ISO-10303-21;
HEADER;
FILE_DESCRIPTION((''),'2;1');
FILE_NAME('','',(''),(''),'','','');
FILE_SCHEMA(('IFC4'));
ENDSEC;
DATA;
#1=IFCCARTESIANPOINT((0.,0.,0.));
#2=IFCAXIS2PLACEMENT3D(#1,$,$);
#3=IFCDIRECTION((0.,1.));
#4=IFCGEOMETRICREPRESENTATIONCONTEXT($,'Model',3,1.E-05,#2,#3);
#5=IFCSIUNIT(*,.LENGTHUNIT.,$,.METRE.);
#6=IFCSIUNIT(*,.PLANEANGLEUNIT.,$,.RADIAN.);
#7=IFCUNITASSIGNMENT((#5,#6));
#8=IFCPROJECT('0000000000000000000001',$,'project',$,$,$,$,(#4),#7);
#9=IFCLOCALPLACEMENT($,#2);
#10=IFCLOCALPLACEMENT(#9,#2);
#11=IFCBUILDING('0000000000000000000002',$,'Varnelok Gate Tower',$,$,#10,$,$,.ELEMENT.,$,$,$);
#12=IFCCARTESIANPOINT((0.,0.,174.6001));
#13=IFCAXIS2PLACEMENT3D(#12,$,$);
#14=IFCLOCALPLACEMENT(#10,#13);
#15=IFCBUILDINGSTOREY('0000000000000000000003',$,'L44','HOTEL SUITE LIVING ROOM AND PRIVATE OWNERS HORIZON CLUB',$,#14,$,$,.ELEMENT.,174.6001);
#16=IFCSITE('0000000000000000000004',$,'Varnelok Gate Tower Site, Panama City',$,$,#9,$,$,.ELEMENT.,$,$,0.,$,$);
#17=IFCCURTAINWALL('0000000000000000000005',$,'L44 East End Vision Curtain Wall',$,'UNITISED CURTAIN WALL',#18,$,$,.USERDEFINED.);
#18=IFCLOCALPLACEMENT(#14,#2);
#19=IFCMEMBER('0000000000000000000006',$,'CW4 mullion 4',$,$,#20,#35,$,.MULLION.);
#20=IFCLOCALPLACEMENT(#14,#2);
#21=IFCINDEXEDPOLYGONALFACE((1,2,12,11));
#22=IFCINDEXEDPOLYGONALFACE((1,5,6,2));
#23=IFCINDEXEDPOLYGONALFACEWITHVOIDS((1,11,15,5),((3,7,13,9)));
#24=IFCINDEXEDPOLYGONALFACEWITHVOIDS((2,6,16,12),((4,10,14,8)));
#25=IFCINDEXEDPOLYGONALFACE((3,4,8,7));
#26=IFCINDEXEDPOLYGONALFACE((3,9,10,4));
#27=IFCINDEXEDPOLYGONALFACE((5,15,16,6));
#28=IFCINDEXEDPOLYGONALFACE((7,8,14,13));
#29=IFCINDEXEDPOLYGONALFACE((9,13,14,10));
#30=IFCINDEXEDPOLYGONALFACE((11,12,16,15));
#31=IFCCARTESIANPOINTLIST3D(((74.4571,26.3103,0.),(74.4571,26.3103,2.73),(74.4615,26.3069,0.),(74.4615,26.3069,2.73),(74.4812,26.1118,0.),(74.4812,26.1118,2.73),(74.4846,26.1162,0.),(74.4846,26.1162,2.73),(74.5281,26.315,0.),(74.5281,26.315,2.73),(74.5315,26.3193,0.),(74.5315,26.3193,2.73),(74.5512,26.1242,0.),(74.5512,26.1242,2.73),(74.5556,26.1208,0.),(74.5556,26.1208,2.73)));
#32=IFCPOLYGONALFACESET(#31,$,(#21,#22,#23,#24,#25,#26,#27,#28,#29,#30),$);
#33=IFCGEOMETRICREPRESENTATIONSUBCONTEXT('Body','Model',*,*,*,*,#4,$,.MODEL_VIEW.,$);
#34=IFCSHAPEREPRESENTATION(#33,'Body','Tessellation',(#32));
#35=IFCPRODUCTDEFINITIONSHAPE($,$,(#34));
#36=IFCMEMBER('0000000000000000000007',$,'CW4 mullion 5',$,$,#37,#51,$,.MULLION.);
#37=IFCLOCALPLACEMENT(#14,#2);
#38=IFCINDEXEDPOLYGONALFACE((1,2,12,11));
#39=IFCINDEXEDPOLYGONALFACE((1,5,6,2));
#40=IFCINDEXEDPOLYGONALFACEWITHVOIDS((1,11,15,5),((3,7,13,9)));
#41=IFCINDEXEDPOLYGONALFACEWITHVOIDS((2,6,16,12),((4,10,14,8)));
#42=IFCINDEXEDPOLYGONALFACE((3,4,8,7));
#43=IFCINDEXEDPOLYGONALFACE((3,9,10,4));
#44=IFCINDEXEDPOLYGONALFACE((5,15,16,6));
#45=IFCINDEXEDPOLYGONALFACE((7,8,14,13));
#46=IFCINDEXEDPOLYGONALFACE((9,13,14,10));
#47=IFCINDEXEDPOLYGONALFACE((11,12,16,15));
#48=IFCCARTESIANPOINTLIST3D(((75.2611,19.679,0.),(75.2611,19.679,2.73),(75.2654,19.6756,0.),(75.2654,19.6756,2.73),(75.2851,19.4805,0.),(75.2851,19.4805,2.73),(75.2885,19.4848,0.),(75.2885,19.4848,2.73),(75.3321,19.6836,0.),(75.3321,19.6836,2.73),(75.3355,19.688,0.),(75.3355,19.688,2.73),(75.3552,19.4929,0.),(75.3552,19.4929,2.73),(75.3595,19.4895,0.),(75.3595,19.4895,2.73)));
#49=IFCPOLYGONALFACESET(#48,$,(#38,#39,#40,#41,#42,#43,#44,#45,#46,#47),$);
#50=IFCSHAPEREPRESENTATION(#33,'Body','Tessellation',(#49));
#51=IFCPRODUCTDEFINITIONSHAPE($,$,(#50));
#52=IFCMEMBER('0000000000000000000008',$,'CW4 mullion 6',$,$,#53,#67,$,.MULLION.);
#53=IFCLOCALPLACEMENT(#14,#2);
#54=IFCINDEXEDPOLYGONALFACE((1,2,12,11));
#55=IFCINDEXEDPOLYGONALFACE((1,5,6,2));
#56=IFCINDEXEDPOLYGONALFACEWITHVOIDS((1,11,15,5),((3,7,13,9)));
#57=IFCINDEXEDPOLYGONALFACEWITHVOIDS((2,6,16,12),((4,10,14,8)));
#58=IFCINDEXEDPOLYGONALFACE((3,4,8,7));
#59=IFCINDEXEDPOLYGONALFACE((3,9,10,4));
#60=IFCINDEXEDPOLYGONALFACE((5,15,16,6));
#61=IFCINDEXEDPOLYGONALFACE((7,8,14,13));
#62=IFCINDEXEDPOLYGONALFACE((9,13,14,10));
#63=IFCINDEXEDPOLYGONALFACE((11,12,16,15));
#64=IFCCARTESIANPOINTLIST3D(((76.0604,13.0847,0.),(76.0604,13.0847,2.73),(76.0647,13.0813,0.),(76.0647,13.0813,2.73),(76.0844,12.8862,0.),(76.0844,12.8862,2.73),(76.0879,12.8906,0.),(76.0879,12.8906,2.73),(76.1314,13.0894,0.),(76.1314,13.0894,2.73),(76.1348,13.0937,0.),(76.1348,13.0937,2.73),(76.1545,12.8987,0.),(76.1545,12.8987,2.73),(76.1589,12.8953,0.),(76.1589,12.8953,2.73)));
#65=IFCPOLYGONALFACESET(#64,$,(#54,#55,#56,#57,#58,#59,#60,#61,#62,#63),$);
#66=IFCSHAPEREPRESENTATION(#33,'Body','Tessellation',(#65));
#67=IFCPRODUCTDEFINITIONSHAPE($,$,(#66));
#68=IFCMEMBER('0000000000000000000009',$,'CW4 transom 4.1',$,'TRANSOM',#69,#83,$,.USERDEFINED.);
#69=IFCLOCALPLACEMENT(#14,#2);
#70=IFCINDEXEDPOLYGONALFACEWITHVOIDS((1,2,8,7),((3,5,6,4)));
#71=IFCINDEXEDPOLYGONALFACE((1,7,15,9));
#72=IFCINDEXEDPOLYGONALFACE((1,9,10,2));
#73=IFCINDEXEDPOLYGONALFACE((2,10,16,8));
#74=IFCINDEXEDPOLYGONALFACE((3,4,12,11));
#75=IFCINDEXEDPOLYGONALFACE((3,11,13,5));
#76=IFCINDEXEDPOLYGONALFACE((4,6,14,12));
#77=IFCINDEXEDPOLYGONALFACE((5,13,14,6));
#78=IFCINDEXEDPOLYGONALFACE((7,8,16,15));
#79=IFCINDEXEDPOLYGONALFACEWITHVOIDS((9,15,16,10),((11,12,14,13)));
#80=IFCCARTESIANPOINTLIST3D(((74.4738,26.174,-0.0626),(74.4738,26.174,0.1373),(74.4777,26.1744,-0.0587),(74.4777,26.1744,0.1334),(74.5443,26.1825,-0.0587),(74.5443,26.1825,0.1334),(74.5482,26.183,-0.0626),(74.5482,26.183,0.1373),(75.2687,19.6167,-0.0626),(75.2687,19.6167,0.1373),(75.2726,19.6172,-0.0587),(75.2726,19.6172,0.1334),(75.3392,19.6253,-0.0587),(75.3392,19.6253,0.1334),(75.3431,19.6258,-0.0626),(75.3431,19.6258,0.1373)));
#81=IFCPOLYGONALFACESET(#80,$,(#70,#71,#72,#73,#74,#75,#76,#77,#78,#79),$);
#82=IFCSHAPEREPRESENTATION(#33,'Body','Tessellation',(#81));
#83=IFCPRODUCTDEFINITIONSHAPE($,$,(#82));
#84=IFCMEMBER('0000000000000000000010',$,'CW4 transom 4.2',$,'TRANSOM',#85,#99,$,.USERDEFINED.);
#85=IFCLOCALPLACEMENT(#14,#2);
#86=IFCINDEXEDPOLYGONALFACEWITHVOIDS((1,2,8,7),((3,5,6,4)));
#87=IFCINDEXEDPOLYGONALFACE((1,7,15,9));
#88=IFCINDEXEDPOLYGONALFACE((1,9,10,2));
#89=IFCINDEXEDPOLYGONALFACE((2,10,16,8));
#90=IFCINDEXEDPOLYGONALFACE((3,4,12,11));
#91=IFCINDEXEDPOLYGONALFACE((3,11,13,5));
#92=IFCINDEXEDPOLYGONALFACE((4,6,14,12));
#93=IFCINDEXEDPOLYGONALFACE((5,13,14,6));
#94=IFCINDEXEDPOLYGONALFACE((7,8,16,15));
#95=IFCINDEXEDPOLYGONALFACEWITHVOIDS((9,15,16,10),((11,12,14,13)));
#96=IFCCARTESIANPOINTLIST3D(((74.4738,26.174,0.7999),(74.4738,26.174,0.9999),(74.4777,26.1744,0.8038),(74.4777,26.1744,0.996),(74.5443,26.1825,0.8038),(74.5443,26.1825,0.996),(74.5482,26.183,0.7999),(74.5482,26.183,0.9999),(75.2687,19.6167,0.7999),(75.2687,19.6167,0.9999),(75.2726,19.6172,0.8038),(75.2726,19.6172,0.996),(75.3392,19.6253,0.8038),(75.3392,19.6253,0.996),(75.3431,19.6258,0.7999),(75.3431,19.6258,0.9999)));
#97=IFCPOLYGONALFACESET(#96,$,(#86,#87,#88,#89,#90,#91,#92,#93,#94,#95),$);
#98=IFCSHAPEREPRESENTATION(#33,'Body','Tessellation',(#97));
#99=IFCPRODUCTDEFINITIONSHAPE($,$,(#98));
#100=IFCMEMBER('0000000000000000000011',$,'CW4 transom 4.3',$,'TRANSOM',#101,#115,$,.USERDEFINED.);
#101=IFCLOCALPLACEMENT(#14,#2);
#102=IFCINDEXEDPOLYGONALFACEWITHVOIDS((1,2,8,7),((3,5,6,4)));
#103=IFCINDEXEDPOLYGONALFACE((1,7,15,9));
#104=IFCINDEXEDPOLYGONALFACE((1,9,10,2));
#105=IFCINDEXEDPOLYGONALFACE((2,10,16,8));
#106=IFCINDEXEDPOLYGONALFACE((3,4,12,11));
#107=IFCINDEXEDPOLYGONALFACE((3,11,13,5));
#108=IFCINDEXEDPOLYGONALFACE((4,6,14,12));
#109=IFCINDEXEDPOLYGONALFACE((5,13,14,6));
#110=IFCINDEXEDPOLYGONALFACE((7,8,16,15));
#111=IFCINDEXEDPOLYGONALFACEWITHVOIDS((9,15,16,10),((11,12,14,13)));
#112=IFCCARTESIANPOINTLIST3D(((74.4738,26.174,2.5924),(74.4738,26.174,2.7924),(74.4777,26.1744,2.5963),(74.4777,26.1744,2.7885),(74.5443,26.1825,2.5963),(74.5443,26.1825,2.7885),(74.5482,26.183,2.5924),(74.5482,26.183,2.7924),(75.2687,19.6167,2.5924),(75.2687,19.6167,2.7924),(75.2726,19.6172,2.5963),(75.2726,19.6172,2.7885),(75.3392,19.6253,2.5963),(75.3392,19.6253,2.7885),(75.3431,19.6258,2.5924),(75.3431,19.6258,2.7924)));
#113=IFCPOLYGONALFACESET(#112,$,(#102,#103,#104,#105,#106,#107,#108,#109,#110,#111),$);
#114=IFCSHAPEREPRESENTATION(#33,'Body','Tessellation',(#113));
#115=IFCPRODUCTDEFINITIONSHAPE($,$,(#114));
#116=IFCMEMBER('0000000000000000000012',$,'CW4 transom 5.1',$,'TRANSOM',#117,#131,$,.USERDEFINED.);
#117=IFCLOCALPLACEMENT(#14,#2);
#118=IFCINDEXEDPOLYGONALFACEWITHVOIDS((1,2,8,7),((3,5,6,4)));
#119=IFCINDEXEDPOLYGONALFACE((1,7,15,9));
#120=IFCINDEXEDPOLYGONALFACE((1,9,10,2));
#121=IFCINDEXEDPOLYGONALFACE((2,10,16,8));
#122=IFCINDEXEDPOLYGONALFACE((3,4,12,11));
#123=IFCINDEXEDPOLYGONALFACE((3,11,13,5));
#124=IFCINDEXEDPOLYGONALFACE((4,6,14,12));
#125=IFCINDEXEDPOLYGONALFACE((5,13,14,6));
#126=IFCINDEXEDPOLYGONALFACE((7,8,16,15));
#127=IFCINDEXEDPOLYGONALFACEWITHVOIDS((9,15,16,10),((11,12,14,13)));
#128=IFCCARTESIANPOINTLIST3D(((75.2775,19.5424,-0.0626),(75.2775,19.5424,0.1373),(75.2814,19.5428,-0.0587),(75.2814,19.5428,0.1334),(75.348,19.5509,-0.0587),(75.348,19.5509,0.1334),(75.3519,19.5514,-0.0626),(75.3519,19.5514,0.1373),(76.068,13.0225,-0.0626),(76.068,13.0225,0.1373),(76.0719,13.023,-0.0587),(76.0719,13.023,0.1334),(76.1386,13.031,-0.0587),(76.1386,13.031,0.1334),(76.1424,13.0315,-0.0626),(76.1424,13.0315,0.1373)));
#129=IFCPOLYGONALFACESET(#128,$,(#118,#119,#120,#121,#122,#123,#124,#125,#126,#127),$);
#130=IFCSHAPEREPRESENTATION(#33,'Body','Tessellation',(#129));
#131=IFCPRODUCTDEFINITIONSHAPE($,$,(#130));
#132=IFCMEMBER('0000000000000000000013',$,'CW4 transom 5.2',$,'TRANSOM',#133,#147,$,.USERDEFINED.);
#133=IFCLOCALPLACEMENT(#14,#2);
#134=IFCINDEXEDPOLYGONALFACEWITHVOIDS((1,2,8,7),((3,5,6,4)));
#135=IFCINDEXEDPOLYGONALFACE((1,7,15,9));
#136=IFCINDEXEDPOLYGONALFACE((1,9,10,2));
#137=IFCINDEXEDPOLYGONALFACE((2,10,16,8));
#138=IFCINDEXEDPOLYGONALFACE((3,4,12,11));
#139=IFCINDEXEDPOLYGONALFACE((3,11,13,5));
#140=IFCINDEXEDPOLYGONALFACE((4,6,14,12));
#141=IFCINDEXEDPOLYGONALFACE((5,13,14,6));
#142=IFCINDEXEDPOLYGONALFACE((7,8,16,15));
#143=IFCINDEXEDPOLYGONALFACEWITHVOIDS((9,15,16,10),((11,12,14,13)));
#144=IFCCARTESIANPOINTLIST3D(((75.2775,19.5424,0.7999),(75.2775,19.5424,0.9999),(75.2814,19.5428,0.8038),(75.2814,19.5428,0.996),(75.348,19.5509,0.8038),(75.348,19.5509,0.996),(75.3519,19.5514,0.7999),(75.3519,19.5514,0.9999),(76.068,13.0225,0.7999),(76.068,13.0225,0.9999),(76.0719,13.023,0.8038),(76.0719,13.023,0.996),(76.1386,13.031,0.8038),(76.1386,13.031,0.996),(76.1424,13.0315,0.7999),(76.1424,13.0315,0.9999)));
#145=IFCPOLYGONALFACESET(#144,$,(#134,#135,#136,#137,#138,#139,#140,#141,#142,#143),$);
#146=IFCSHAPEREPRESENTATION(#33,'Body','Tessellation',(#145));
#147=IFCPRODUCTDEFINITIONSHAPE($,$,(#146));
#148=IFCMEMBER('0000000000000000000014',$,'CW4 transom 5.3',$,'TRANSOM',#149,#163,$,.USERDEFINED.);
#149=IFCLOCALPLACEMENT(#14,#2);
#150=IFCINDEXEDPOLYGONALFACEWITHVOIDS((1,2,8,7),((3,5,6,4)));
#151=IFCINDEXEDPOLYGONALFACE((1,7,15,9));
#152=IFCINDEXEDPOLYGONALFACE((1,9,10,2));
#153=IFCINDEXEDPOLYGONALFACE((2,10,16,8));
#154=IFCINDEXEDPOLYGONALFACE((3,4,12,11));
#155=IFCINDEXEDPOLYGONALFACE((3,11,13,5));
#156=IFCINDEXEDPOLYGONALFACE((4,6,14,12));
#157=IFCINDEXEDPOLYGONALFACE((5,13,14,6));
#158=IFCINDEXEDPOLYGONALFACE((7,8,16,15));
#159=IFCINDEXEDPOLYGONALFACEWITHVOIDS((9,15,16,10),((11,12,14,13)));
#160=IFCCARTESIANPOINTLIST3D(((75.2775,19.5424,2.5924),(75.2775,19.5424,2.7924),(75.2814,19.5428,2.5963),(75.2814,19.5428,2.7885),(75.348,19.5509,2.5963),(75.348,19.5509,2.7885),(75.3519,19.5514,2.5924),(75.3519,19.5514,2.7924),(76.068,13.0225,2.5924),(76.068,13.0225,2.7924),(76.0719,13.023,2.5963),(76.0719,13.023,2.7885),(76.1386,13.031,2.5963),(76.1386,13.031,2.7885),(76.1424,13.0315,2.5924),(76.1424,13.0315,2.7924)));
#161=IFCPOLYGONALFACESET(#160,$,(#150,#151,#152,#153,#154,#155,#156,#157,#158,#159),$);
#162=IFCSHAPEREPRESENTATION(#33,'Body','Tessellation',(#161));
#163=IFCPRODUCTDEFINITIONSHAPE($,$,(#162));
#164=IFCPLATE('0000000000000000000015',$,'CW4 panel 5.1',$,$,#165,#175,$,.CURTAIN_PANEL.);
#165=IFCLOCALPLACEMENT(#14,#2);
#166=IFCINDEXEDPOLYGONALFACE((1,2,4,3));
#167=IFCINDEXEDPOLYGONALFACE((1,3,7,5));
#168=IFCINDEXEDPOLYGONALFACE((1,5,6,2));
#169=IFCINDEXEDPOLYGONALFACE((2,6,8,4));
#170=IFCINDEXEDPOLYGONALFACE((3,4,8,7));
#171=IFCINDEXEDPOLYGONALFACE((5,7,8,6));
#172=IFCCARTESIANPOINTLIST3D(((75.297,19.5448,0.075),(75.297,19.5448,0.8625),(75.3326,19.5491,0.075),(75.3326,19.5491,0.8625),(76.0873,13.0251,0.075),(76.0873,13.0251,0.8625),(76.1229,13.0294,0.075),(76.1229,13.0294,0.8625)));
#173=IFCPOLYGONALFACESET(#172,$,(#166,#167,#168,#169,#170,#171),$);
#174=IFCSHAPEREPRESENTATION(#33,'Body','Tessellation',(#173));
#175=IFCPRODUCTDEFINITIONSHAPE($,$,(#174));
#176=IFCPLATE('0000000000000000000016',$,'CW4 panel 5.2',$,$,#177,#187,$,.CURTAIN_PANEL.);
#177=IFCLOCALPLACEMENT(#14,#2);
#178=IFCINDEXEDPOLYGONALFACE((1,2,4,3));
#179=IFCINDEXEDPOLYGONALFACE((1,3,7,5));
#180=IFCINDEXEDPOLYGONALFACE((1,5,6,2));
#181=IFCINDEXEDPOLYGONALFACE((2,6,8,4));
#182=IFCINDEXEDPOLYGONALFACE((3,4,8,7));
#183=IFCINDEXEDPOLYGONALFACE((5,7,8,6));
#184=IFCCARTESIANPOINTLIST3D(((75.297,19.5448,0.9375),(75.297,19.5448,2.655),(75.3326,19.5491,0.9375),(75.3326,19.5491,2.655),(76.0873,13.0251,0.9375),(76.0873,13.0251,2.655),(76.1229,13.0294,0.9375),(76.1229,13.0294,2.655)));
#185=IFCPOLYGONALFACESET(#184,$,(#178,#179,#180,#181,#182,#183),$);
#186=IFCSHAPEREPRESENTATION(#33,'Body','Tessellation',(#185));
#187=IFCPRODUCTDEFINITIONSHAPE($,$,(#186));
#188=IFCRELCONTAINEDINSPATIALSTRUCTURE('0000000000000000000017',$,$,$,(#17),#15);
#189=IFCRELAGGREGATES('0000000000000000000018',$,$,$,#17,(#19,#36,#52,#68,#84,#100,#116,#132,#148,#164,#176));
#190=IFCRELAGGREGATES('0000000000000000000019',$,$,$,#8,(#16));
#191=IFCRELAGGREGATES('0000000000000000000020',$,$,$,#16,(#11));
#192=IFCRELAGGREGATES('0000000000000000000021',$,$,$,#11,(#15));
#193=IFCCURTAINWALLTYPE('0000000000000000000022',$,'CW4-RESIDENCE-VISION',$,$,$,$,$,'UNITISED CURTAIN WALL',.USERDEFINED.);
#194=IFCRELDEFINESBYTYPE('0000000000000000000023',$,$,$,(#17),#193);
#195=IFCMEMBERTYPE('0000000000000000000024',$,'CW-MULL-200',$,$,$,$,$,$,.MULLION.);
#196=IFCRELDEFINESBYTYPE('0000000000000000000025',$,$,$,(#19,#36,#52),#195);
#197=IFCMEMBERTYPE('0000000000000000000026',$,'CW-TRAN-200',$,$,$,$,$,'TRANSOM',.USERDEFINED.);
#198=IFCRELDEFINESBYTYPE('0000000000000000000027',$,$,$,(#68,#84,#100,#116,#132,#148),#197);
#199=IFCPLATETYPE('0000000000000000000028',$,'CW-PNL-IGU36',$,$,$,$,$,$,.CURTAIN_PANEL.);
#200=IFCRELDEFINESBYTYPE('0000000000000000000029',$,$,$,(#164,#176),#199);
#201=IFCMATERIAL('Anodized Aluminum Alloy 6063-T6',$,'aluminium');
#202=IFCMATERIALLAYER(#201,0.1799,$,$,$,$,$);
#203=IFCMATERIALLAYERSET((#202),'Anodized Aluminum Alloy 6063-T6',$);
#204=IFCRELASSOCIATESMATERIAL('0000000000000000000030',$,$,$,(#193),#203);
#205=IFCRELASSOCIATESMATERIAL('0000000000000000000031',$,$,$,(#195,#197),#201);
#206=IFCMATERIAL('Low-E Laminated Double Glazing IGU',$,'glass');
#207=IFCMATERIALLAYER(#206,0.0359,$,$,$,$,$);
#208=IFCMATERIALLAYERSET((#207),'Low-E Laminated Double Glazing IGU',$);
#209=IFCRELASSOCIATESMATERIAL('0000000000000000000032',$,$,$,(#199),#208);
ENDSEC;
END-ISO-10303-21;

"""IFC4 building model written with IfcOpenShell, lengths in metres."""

from ifc_helpers import new_model, si_unit, direction, frame, origin, origin_2d, place, context, subcontext, project, spatial, rectangle, hollow_rectangle, extrude, source, transform, mapped, material, layer, layer_set, material_profile, profile_set, type_object, element, aggregate, save


model = new_model("IFC4")

# Units and contexts
model_context = context("Model", 3, precision=1e-05, world=origin(), true_north=direction((0.0, 1.0)))
body_context = subcontext(model_context, "Body", "Model", "MODEL_VIEW")
ifc_project = project(units=[si_unit("LENGTHUNIT", "METRE"), si_unit("PLANEANGLEUNIT", "RADIAN")], contexts=[model_context])

# Site, building, storey
site_placement = place(None, origin())
site = spatial("IfcSite", under=ifc_project, at=site_placement, Name="Varnelok Gate Tower Site, Panama City", CompositionType="ELEMENT", RefElevation=0.0)
building_placement = place(site_placement, origin())
building = spatial("IfcBuilding", under=site, at=building_placement, Name="Varnelok Gate Tower", CompositionType="ELEMENT")
storey_placement = place(building_placement, frame((0.0, 0.0, 174.6001)))
storey = spatial("IfcBuildingStorey", under=building, at=storey_placement, Name="L44", Description="HOTEL SUITE LIVING ROOM AND PRIVATE OWNERS HORIZON CLUB", CompositionType="ELEMENT", Elevation=174.6001)

# Curtain wall, members, plates
ifc_material_1 = material(Name="Anodized Aluminum Alloy 6063-T6", Category="aluminium")
ifc_layer_1 = layer(ifc_material_1, 0.1799)
ifc_layer_set_1 = layer_set([ifc_layer_1], Name="Anodized Aluminum Alloy 6063-T6")
curtain_wall_type = type_object("IfcCurtainWallType", Name="CW4-RESIDENCE-VISION", ElementType="UNITISED CURTAIN WALL", PredefinedType="USERDEFINED", material=ifc_layer_set_1)
curtain_wall_placement = place(storey_placement, origin())
curtain_wall = element("IfcCurtainWall", 1, at=curtain_wall_placement, inside=storey, type_object=curtain_wall_type, Name="L44 East End Vision Curtain Wall", ObjectType="UNITISED CURTAIN WALL", PredefinedType="USERDEFINED")
ifc_material_profile_1 = material_profile(ifc_material_1, hollow_rectangle(XDim=0.075, YDim=0.2, WallThickness=0.0039, at=origin_2d()), Name="ALU200X75X4")
ifc_profile_set_1 = profile_set([ifc_material_profile_1], Name="Anodized Aluminum Alloy 6063-T6")
member_type_1 = type_object("IfcMemberType", Name="CW-MULL-200", PredefinedType="MULLION", material=ifc_profile_set_1)
member_1_placement = place(storey_placement, frame((74.5063, 26.2156, 0.0), z_axis=(0.0, 0.0, 1.0), x_axis=(0.992732, 0.120345, 0.0)))
member_1 = element("IfcMember", 2, at=member_1_placement, type_object=member_type_1, Name="CW4 mullion 4", PredefinedType="MULLION", context=body_context, shape_type="SweptSolid", body=[
    extrude(hollow_rectangle(XDim=0.075, YDim=0.2, WallThickness=0.0039, at=origin_2d()), origin(), (0.0, 0.0, 1.0), 2.73),
])
member_2_placement = place(storey_placement, frame((75.3103, 19.5842, 0.0), z_axis=(0.0, 0.0, 1.0), x_axis=(0.992732, 0.120345, 0.0)))
member_2 = element("IfcMember", 3, at=member_2_placement, type_object=member_type_1, Name="CW4 mullion 5", PredefinedType="MULLION", context=body_context, shape_type="SweptSolid", body=[
    extrude(hollow_rectangle(XDim=0.075, YDim=0.2, WallThickness=0.0039, at=origin_2d()), origin(), (0.0, 0.0, 1.0), 2.73),
])
member_3_placement = place(storey_placement, frame((76.1096, 12.99, 0.0), z_axis=(0.0, 0.0, 1.0), x_axis=(0.992732, 0.120345, 0.0)))
member_3 = element("IfcMember", 4, at=member_3_placement, type_object=member_type_1, Name="CW4 mullion 6", PredefinedType="MULLION", context=body_context, shape_type="SweptSolid", body=[
    extrude(hollow_rectangle(XDim=0.075, YDim=0.2, WallThickness=0.0039, at=origin_2d()), origin(), (0.0, 0.0, 1.0), 2.73),
])
ifc_material_profile_2 = material_profile(ifc_material_1, hollow_rectangle(XDim=0.075, YDim=0.2, WallThickness=0.0039, at=origin_2d()), Name="ALU200X75X4")
ifc_profile_set_2 = profile_set([ifc_material_profile_2], Name="Anodized Aluminum Alloy 6063-T6")
member_type_2 = type_object("IfcMemberType", Name="CW-TRAN-200", ElementType="TRANSOM", PredefinedType="USERDEFINED", material=ifc_profile_set_2)
member_4_placement = place(storey_placement, frame((74.511, 26.1785, 0.0374), z_axis=(0.120349, -0.992732, 0.0), x_axis=(0.992732, 0.120349, 0.0)))
member_4 = element("IfcMember", 5, at=member_4_placement, type_object=member_type_2, Name="CW4 transom 4.1", ObjectType="TRANSOM", PredefinedType="USERDEFINED", context=body_context, shape_type="SweptSolid", body=[
    extrude(hollow_rectangle(XDim=0.075, YDim=0.2, WallThickness=0.0039, at=origin_2d()), origin(), (0.0, 0.0, 1.0), 6.6052),
])
member_5_placement = place(storey_placement, frame((74.511, 26.1785, 0.8999), z_axis=(0.120349, -0.992732, 0.0), x_axis=(0.992732, 0.120349, 0.0)))
member_5 = element("IfcMember", 6, at=member_5_placement, type_object=member_type_2, Name="CW4 transom 4.2", ObjectType="TRANSOM", PredefinedType="USERDEFINED", context=body_context, shape_type="SweptSolid", body=[
    extrude(hollow_rectangle(XDim=0.075, YDim=0.2, WallThickness=0.0039, at=origin_2d()), origin(), (0.0, 0.0, 1.0), 6.6052),
])
member_6_placement = place(storey_placement, frame((74.511, 26.1785, 2.6924), z_axis=(0.120349, -0.992732, 0.0), x_axis=(0.992732, 0.120349, 0.0)))
member_6 = element("IfcMember", 7, at=member_6_placement, type_object=member_type_2, Name="CW4 transom 4.3", ObjectType="TRANSOM", PredefinedType="USERDEFINED", context=body_context, shape_type="SweptSolid", body=[
    extrude(hollow_rectangle(XDim=0.075, YDim=0.2, WallThickness=0.0039, at=origin_2d()), origin(), (0.0, 0.0, 1.0), 6.6052),
])
member_7_placement = place(storey_placement, frame((75.3147, 19.5469, 0.0374), z_axis=(0.120369, -0.992729, 0.0), x_axis=(0.992729, 0.120369, 0.0)))
member_7 = element("IfcMember", 8, at=member_7_placement, type_object=member_type_2, Name="CW4 transom 5.1", ObjectType="TRANSOM", PredefinedType="USERDEFINED", context=body_context, shape_type="SweptSolid", body=[
    extrude(hollow_rectangle(XDim=0.075, YDim=0.2, WallThickness=0.0039, at=origin_2d()), origin(), (0.0, 0.0, 1.0), 6.5676),
])
member_8_placement = place(storey_placement, frame((75.3147, 19.5469, 0.8999), z_axis=(0.120369, -0.992729, 0.0), x_axis=(0.992729, 0.120369, 0.0)))
member_8 = element("IfcMember", 9, at=member_8_placement, type_object=member_type_2, Name="CW4 transom 5.2", ObjectType="TRANSOM", PredefinedType="USERDEFINED", context=body_context, shape_type="SweptSolid", body=[
    extrude(hollow_rectangle(XDim=0.075, YDim=0.2, WallThickness=0.0039, at=origin_2d()), origin(), (0.0, 0.0, 1.0), 6.5676),
])
member_9_placement = place(storey_placement, frame((75.3147, 19.5469, 2.6924), z_axis=(0.120369, -0.992729, 0.0), x_axis=(0.992729, 0.120369, 0.0)))
member_9 = element("IfcMember", 10, at=member_9_placement, type_object=member_type_2, Name="CW4 transom 5.3", ObjectType="TRANSOM", PredefinedType="USERDEFINED", context=body_context, shape_type="SweptSolid", body=[
    extrude(hollow_rectangle(XDim=0.075, YDim=0.2, WallThickness=0.0039, at=origin_2d()), origin(), (0.0, 0.0, 1.0), 6.5676),
])
ifc_material_2 = material(Name="Low-E Laminated Double Glazing IGU", Category="glass")
ifc_layer_2 = layer(ifc_material_2, 0.0359)
ifc_layer_set_2 = layer_set([ifc_layer_2], Name="Low-E Laminated Double Glazing IGU")
plate_type = type_object("IfcPlateType", Name="CW-PNL-IGU36", PredefinedType="CURTAIN_PANEL", material=ifc_layer_set_2)
shared_shape_1 = source(origin(), body_context, "Body", "SweptSolid", [
    extrude(rectangle(XDim=6.5674, YDim=0.0359, at=origin_2d()), origin(), (0.0, 0.0, 1.0), 0.7876),
])
plate_1_placement = place(storey_placement, frame((75.71, 16.2871, 0.075), z_axis=(0.0, 0.0, 1.0), x_axis=(0.120345, -0.992732, 0.0)))
plate_1 = element("IfcPlate", 11, at=plate_1_placement, type_object=plate_type, Name="CW4 panel 5.1", PredefinedType="CURTAIN_PANEL", context=body_context, shape_type="MappedRepresentation", body=[
    mapped(shared_shape_1, transform((0.0, 0.0, 0.0), scale=1.0)),
])
shared_shape_2 = source(origin(), body_context, "Body", "SweptSolid", [
    extrude(rectangle(XDim=6.5674, YDim=0.0359, at=origin_2d()), origin(), (0.0, 0.0, 1.0), 1.7175),
])
plate_2_placement = place(storey_placement, frame((75.71, 16.2871, 0.9375), z_axis=(0.0, 0.0, 1.0), x_axis=(0.120345, -0.992732, 0.0)))
plate_2 = element("IfcPlate", 12, at=plate_2_placement, type_object=plate_type, Name="CW4 panel 5.2", PredefinedType="CURTAIN_PANEL", context=body_context, shape_type="MappedRepresentation", body=[
    mapped(shared_shape_2, transform((0.0, 0.0, 0.0), scale=1.0)),
])
aggregate(curtain_wall, [member_1, member_2, member_3, member_4, member_5, member_6, member_7, member_8, member_9, plate_1, plate_2])

save(model, "model.ifc")
